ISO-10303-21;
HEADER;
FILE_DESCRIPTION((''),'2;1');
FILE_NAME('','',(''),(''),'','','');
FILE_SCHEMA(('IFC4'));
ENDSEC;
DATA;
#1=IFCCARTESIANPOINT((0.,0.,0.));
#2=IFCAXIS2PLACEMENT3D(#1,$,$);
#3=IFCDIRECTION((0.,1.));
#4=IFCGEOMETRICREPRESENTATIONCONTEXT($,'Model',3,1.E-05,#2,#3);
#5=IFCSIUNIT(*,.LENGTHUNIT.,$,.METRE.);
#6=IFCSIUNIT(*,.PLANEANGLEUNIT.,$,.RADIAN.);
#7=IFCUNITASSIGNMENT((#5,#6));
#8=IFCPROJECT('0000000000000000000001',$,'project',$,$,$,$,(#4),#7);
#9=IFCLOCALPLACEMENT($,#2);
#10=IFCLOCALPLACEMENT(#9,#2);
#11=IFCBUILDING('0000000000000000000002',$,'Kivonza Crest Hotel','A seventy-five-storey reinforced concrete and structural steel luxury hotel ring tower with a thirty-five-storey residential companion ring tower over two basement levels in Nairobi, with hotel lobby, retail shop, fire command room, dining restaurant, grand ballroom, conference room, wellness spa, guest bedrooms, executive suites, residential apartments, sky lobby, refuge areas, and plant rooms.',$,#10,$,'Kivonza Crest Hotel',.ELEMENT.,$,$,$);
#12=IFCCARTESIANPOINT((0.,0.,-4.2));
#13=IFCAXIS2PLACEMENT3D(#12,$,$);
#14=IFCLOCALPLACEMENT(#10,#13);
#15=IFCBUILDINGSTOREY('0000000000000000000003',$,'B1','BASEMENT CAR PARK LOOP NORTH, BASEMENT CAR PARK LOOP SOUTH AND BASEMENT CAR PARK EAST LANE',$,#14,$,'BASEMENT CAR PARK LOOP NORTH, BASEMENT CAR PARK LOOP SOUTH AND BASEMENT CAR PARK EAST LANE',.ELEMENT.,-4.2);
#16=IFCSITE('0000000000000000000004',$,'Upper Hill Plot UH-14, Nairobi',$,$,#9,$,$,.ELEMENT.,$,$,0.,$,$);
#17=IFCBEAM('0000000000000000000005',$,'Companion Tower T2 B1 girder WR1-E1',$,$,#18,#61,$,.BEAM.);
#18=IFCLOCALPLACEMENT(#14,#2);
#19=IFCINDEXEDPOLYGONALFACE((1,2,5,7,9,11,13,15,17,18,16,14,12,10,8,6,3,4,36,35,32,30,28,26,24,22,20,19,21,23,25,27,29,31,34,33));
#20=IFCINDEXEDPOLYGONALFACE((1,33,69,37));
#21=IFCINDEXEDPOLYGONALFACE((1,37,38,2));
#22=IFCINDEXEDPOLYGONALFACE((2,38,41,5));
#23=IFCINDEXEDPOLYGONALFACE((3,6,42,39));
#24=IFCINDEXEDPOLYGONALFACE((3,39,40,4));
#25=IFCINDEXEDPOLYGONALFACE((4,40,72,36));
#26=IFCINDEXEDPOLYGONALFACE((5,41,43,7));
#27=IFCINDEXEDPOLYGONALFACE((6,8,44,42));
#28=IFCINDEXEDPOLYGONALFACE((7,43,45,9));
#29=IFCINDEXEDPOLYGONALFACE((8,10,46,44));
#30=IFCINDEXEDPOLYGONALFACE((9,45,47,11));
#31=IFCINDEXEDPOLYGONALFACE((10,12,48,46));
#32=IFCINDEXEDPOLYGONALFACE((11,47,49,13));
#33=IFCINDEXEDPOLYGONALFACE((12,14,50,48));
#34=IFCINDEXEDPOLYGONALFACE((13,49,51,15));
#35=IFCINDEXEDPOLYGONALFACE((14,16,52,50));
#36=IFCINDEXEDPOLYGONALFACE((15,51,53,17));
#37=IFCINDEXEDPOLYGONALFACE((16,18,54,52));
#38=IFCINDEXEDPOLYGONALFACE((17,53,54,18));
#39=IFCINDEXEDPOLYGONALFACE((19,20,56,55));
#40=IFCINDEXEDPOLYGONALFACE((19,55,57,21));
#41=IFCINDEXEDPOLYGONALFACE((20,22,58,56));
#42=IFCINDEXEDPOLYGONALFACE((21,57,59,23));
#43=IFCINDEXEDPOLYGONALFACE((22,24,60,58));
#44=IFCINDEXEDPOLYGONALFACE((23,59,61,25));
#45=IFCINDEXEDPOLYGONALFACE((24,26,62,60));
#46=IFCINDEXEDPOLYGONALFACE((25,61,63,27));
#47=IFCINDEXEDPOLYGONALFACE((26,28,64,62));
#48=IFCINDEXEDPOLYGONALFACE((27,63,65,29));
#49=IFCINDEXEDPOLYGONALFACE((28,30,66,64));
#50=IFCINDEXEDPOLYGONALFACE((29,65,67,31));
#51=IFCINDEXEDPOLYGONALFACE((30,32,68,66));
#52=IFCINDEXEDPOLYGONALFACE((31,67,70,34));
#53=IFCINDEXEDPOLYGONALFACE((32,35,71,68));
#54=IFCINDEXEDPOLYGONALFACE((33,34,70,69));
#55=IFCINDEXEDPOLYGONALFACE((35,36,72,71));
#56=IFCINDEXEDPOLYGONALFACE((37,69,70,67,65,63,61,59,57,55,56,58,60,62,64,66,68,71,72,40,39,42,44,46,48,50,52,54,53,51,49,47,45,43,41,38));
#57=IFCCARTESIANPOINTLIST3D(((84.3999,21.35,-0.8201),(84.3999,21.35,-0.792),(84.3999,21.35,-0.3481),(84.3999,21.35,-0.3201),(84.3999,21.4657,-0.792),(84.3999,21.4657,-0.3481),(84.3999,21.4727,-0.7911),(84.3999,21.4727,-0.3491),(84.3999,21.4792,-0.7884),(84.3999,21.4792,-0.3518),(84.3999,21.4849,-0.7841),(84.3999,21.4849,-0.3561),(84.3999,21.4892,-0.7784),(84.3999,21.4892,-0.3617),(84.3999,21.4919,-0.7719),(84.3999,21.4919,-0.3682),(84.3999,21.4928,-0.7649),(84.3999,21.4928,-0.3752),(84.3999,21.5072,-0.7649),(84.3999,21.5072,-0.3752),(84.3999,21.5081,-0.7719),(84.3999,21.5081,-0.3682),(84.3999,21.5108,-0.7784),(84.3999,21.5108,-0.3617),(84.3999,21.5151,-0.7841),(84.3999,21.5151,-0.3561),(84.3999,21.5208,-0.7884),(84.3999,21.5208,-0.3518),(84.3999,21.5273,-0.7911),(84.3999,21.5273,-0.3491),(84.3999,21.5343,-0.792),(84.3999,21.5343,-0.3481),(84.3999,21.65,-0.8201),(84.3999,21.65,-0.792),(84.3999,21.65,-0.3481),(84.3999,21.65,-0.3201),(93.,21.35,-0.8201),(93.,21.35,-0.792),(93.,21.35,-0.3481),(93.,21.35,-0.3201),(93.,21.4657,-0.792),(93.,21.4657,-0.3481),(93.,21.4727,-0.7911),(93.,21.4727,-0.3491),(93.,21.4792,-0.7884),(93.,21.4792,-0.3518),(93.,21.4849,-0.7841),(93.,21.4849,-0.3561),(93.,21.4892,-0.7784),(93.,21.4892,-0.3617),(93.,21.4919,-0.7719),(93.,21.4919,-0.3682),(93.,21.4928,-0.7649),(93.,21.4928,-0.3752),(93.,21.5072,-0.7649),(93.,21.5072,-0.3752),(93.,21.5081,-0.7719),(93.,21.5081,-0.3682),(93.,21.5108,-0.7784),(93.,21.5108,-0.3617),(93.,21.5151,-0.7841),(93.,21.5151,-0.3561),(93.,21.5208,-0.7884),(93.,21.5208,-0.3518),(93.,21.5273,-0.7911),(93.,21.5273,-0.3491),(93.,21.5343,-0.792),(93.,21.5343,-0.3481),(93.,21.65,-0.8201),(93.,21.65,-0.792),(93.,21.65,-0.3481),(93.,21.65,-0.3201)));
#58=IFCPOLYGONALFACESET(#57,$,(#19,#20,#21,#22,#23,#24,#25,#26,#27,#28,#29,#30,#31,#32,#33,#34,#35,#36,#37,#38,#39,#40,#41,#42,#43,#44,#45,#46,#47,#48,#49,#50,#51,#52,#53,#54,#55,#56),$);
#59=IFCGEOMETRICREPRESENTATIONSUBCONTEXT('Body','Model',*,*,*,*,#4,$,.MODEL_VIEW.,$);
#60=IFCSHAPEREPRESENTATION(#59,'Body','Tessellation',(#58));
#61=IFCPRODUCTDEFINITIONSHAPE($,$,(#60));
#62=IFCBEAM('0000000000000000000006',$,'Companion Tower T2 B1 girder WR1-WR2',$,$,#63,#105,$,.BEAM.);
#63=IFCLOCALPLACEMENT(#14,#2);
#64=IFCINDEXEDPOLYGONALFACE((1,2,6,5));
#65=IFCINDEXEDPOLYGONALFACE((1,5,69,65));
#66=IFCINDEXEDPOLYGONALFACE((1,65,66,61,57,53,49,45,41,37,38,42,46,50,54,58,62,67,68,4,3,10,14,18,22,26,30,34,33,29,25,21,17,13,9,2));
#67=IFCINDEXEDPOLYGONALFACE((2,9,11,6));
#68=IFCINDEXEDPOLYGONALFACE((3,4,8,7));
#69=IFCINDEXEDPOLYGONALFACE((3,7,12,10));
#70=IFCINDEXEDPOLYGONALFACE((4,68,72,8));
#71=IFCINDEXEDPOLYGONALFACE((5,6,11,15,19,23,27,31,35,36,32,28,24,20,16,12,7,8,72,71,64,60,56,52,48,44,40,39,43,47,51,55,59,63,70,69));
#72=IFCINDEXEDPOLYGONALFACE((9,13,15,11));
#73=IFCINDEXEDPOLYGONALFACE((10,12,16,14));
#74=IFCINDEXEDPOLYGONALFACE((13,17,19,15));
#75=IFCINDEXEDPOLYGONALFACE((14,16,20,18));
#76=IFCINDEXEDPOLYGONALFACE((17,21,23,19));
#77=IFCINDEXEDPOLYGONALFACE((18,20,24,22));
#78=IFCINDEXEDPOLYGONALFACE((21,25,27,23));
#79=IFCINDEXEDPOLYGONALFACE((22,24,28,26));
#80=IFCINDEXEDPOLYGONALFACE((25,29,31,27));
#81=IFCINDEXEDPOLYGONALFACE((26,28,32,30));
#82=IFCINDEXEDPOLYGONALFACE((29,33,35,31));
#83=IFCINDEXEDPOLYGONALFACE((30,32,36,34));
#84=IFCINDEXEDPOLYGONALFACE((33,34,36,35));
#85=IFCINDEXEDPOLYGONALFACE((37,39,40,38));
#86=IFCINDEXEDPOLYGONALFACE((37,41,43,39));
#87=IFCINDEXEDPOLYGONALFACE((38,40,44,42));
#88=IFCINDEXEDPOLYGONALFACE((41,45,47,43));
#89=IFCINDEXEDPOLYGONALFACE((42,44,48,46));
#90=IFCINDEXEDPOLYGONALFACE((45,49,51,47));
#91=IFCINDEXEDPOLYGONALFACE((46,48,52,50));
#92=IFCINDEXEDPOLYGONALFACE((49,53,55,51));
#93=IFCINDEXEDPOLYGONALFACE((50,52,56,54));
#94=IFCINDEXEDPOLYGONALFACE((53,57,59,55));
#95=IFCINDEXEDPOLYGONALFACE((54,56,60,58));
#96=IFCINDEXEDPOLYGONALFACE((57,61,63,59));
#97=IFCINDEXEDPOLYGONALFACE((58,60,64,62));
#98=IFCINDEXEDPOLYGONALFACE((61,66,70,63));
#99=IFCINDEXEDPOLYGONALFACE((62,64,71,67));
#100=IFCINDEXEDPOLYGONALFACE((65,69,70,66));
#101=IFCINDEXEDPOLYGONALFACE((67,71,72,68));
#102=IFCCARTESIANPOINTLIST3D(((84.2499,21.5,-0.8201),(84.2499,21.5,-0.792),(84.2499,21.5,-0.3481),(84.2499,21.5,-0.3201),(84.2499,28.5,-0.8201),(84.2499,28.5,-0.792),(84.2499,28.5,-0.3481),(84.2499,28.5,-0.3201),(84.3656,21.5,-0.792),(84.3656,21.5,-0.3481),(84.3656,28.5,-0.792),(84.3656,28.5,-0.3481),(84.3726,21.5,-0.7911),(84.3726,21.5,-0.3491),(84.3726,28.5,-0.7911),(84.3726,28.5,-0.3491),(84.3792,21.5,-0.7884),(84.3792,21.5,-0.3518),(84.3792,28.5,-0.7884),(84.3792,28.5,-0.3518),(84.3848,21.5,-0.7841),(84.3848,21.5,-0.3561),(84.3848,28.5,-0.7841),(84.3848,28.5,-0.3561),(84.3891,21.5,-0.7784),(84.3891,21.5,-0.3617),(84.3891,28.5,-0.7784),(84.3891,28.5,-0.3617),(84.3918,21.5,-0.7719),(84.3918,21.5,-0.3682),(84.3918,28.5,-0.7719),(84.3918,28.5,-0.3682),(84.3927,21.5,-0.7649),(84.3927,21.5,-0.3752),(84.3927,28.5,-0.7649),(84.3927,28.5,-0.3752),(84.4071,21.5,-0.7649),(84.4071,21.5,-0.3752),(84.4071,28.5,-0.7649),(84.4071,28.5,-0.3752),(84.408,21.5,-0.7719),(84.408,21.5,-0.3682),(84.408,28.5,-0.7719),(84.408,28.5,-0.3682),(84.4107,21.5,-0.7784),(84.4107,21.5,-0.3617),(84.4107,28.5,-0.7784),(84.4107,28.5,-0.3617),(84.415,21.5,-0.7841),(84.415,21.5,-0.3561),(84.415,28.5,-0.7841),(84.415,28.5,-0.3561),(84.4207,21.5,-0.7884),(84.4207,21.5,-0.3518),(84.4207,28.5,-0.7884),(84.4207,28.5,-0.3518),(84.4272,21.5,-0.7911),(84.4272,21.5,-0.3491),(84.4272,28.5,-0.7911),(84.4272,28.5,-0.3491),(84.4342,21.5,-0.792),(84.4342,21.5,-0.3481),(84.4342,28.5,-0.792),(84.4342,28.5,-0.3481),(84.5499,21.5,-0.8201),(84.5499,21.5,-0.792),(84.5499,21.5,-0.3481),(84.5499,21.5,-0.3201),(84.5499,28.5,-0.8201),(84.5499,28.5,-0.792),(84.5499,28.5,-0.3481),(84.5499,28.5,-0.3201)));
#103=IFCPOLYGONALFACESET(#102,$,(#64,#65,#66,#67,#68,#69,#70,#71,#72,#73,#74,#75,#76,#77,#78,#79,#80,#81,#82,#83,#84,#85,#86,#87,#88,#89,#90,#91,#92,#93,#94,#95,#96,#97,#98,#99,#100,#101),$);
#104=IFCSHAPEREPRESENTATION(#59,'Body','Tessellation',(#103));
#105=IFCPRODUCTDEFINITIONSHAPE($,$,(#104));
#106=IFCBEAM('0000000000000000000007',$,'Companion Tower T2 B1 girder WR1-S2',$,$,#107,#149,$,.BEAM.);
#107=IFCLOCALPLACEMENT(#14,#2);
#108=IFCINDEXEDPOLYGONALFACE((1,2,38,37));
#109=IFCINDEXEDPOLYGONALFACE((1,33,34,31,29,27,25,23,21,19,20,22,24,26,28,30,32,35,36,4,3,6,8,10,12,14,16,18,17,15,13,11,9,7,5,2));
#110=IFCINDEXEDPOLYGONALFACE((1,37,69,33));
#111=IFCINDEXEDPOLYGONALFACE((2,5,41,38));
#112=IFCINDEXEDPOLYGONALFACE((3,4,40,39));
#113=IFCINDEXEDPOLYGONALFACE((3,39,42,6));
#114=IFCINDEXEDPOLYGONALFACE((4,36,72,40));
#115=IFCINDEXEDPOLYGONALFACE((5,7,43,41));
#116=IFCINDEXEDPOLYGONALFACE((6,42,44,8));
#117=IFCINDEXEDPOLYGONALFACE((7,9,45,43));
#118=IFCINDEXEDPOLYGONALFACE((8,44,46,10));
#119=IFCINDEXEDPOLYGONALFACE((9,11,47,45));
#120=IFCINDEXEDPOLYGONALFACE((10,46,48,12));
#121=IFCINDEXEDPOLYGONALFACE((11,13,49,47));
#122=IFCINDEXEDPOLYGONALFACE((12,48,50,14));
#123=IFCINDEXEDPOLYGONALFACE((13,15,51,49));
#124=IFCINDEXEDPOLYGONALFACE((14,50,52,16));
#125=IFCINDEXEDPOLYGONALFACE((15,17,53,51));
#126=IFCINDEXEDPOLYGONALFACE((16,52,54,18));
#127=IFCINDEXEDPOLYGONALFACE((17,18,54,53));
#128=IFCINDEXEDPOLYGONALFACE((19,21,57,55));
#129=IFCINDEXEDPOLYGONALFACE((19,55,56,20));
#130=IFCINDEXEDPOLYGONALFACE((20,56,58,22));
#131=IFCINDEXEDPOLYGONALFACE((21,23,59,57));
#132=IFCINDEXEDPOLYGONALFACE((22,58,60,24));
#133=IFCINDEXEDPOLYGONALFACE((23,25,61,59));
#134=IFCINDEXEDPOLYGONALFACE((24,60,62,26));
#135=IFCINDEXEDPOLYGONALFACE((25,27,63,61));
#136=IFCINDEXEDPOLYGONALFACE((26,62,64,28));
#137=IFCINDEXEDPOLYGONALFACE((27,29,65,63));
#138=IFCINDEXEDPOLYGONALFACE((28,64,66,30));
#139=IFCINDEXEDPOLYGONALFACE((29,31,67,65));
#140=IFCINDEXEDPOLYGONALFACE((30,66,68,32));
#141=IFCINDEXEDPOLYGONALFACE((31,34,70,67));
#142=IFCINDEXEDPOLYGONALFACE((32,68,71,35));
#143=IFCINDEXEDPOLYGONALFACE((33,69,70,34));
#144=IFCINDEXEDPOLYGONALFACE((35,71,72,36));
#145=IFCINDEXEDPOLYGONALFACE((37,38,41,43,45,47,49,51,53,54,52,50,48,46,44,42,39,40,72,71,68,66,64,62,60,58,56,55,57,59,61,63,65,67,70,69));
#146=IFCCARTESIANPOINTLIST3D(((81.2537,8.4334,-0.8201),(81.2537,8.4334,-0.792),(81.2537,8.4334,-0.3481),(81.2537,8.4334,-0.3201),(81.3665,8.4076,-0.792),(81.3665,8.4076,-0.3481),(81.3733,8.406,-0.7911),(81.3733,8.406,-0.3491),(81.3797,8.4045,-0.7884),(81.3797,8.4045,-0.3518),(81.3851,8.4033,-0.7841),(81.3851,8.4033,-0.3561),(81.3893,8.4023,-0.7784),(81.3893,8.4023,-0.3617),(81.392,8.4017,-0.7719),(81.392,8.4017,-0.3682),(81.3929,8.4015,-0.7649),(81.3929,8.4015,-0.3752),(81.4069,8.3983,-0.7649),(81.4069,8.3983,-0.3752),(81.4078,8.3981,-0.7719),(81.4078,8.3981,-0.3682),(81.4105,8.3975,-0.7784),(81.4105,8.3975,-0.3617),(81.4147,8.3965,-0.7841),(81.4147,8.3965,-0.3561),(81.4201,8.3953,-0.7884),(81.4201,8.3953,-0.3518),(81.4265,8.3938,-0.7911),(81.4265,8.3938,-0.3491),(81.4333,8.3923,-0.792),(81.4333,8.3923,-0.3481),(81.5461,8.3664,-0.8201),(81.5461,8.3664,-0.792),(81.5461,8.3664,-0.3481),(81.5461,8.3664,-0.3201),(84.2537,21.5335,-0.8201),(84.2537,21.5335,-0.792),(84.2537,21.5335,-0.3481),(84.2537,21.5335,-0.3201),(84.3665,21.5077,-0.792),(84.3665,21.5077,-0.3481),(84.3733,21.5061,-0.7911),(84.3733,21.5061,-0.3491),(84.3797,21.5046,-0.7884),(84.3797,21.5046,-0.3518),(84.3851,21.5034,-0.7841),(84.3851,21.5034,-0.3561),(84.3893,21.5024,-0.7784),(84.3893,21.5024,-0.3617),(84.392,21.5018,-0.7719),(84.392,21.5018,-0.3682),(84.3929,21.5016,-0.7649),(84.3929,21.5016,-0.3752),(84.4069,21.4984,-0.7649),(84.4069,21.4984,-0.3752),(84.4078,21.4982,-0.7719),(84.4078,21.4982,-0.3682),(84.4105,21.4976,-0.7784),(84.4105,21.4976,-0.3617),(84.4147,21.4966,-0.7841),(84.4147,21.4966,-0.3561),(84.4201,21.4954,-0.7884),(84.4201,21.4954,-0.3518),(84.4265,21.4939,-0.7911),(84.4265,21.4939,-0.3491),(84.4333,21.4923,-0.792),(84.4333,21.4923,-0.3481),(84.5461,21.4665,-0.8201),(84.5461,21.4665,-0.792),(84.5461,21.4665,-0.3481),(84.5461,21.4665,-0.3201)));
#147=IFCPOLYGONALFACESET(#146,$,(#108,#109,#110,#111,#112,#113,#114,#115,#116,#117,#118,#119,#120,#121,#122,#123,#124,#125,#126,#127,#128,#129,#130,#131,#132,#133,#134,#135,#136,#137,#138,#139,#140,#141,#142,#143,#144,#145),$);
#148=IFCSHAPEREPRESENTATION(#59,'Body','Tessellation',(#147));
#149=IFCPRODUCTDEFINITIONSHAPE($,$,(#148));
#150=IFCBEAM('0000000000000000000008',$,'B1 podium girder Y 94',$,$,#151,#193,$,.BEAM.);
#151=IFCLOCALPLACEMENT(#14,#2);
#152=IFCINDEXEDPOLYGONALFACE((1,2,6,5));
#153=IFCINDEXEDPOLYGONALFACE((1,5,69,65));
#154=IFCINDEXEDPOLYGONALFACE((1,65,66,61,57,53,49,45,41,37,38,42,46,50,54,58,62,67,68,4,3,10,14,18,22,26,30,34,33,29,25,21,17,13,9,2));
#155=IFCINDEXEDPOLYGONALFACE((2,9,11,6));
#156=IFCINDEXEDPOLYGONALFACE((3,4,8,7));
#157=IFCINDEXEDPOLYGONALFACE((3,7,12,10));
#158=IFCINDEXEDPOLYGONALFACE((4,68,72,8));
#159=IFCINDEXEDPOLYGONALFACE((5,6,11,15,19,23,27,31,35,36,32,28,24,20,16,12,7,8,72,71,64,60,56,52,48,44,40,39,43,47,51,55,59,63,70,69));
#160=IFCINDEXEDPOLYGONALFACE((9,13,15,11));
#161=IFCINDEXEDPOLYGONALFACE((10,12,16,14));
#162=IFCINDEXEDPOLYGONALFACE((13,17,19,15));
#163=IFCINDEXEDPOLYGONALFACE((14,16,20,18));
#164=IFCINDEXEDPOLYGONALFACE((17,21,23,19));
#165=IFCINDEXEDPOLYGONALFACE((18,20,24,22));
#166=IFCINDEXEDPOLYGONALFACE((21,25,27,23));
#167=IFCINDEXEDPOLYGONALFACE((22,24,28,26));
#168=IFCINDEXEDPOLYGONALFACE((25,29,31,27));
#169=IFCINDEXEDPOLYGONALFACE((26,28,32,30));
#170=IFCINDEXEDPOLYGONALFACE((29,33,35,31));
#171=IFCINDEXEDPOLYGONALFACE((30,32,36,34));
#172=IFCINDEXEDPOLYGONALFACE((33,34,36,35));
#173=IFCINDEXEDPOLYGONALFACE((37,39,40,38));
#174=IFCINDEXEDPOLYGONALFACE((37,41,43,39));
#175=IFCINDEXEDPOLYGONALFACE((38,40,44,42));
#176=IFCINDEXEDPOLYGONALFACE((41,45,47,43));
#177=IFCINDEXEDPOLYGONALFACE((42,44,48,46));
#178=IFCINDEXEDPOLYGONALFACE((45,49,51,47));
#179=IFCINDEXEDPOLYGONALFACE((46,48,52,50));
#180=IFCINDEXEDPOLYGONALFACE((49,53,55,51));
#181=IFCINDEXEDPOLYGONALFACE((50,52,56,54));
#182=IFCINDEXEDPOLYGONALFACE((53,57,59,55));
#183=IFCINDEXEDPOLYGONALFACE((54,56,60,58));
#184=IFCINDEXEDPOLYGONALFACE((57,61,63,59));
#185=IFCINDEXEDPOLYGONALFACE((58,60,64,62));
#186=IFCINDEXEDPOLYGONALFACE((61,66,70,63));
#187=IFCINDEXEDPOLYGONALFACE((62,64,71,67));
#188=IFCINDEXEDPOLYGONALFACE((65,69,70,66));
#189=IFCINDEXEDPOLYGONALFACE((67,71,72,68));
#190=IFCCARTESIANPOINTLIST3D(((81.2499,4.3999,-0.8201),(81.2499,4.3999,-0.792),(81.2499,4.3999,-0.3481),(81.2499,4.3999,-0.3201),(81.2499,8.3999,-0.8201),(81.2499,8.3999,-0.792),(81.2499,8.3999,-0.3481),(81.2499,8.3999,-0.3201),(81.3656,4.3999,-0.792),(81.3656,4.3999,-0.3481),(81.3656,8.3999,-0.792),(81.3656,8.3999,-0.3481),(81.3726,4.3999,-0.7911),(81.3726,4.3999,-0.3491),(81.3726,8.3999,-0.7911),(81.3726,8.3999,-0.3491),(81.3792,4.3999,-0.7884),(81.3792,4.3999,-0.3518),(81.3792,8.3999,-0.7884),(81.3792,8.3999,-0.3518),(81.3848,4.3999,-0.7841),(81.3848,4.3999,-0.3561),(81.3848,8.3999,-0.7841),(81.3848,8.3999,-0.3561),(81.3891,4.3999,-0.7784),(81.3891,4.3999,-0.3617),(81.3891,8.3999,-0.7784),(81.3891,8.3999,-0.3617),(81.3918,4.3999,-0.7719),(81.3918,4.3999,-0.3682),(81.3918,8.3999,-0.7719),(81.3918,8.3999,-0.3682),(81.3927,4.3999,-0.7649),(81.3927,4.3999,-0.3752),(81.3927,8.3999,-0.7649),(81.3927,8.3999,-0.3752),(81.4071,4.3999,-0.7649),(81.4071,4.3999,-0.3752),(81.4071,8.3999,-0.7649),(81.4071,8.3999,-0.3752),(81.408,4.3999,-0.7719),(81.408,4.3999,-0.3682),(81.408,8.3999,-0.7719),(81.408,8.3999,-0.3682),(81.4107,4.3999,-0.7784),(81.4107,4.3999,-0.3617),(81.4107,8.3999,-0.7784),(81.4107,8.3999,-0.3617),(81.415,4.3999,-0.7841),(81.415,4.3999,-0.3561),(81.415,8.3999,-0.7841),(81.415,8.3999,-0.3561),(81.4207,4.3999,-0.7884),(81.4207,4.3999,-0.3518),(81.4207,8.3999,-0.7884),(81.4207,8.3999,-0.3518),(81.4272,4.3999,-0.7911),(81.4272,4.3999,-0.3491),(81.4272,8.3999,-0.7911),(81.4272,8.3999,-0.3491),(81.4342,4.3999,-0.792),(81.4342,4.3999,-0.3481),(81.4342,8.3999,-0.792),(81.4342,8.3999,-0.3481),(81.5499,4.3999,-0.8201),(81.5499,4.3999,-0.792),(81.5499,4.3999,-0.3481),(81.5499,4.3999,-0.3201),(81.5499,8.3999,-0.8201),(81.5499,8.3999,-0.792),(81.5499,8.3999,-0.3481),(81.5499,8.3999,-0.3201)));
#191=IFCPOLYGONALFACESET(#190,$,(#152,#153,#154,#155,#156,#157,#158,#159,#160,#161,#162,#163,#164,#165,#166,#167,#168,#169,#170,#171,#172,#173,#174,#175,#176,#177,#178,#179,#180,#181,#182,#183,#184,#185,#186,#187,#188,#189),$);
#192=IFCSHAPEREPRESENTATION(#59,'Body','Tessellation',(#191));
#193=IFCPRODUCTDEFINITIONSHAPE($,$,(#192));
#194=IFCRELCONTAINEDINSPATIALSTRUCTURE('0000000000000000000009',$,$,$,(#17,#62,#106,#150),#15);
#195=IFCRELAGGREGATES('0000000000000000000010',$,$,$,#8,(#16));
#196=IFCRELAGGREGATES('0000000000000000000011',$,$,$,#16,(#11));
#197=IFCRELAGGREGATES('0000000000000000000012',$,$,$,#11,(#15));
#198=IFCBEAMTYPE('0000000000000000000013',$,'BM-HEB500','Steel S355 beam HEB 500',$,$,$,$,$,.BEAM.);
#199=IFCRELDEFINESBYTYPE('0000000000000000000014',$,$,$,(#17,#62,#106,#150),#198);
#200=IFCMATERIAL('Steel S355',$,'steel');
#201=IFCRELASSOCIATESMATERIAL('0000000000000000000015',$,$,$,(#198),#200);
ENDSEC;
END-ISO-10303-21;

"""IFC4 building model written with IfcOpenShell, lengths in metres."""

from ifc_helpers import new_model, si_unit, direction, frame, origin, origin_2d, place, context, subcontext, project, spatial, i_section, extrude, material, material_profile, profile_set, type_object, element, save


model = new_model("IFC4")

# Units and contexts
model_context = context("Model", 3, precision=1e-05, world=origin(), true_north=direction((0.0, 1.0)))
body_context = subcontext(model_context, "Body", "Model", "MODEL_VIEW")
ifc_project = project(units=[si_unit("LENGTHUNIT", "METRE"), si_unit("PLANEANGLEUNIT", "RADIAN")], contexts=[model_context])

# Site, building, storey
site_placement = place(None, origin())
site = spatial("IfcSite", under=ifc_project, at=site_placement, Name="Upper Hill Plot UH-14, Nairobi", CompositionType="ELEMENT", RefElevation=0.0)
building_placement = place(site_placement, origin())
building = spatial("IfcBuilding", under=site, at=building_placement, Name="Kivonza Crest Hotel", Description="A seventy-five-storey reinforced concrete and structural steel luxury hotel ring tower with a thirty-five-storey residential companion ring tower over two basement levels in Nairobi, with hotel lobby, retail shop, fire command room, dining restaurant, grand ballroom, conference room, wellness spa, guest bedrooms, executive suites, residential apartments, sky lobby, refuge areas, and plant rooms.", LongName="Kivonza Crest Hotel", CompositionType="ELEMENT")
storey_placement = place(building_placement, frame((0.0, 0.0, -4.2)))
storey = spatial("IfcBuildingStorey", under=building, at=storey_placement, Name="B1", Description="BASEMENT CAR PARK LOOP NORTH, BASEMENT CAR PARK LOOP SOUTH AND BASEMENT CAR PARK EAST LANE", LongName="BASEMENT CAR PARK LOOP NORTH, BASEMENT CAR PARK LOOP SOUTH AND BASEMENT CAR PARK EAST LANE", CompositionType="ELEMENT", Elevation=-4.2)

# Beams
ifc_material_1 = material(Name="Steel S355", Category="steel")
ifc_material_profile_1 = material_profile(ifc_material_1, i_section(OverallWidth=0.3, OverallDepth=0.5, WebThickness=0.0144, FlangeThickness=0.0281, FilletRadius=0.0271, at=origin_2d()), Name="HEB 500")
ifc_profile_set_1 = profile_set([ifc_material_profile_1], Name="Steel S355")
beam_type_1 = type_object("IfcBeamType", Name="BM-HEB500", Description="Steel S355 beam HEB 500", PredefinedType="BEAM", material=ifc_profile_set_1)
beam_1_placement = place(storey_placement, frame((84.3999, 21.5, -0.5701), z_axis=(1.0, 0.0, 0.0), x_axis=(0.0, 1.0, 0.0)))
element("IfcBeam", 1, at=beam_1_placement, inside=storey, type_object=beam_type_1, Name="Companion Tower T2 B1 girder WR1-E1", PredefinedType="BEAM", context=body_context, shape_type="SweptSolid", body=[
    extrude(i_section(OverallWidth=0.3, OverallDepth=0.5, WebThickness=0.0144, FlangeThickness=0.0281, FilletRadius=0.0271, at=origin_2d()), origin(), (0.0, 0.0, 1.0), 8.6001),
])
beam_2_placement = place(storey_placement, frame((84.3999, 21.5, -0.5701), z_axis=(0.0, 1.0, 0.0), x_axis=(-1.0, 0.0, 0.0)))
element("IfcBeam", 2, at=beam_2_placement, inside=storey, type_object=beam_type_1, Name="Companion Tower T2 B1 girder WR1-WR2", PredefinedType="BEAM", context=body_context, shape_type="SweptSolid", body=[
    extrude(i_section(OverallWidth=0.3, OverallDepth=0.5, WebThickness=0.0144, FlangeThickness=0.0281, FilletRadius=0.0271, at=origin_2d()), origin(), (0.0, 0.0, 1.0), 7.0),
])
beam_3_placement = place(storey_placement, frame((84.3999, 21.5, -0.5701), z_axis=(-0.223227, -0.974766, 0.0), x_axis=(0.974766, -0.223227, 0.0)))
element("IfcBeam", 3, at=beam_3_placement, inside=storey, type_object=beam_type_1, Name="Companion Tower T2 B1 girder WR1-S2", PredefinedType="BEAM", context=body_context, shape_type="SweptSolid", body=[
    extrude(i_section(OverallWidth=0.3, OverallDepth=0.5, WebThickness=0.0144, FlangeThickness=0.0281, FilletRadius=0.0271, at=origin_2d()), origin(), (0.0, 0.0, 1.0), 13.4392),
])
beam_4_placement = place(storey_placement, frame((81.3999, 4.3999, -0.5701), z_axis=(0.0, 1.0, 0.0), x_axis=(-1.0, 0.0, 0.0)))
element("IfcBeam", 4, at=beam_4_placement, inside=storey, type_object=beam_type_1, Name="B1 podium girder Y 94", PredefinedType="BEAM", context=body_context, shape_type="SweptSolid", body=[
    extrude(i_section(OverallWidth=0.3, OverallDepth=0.5, WebThickness=0.0144, FlangeThickness=0.0281, FilletRadius=0.0271, at=origin_2d()), origin(), (0.0, 0.0, 1.0), 4.0),
])

save(model, "model.ifc")
